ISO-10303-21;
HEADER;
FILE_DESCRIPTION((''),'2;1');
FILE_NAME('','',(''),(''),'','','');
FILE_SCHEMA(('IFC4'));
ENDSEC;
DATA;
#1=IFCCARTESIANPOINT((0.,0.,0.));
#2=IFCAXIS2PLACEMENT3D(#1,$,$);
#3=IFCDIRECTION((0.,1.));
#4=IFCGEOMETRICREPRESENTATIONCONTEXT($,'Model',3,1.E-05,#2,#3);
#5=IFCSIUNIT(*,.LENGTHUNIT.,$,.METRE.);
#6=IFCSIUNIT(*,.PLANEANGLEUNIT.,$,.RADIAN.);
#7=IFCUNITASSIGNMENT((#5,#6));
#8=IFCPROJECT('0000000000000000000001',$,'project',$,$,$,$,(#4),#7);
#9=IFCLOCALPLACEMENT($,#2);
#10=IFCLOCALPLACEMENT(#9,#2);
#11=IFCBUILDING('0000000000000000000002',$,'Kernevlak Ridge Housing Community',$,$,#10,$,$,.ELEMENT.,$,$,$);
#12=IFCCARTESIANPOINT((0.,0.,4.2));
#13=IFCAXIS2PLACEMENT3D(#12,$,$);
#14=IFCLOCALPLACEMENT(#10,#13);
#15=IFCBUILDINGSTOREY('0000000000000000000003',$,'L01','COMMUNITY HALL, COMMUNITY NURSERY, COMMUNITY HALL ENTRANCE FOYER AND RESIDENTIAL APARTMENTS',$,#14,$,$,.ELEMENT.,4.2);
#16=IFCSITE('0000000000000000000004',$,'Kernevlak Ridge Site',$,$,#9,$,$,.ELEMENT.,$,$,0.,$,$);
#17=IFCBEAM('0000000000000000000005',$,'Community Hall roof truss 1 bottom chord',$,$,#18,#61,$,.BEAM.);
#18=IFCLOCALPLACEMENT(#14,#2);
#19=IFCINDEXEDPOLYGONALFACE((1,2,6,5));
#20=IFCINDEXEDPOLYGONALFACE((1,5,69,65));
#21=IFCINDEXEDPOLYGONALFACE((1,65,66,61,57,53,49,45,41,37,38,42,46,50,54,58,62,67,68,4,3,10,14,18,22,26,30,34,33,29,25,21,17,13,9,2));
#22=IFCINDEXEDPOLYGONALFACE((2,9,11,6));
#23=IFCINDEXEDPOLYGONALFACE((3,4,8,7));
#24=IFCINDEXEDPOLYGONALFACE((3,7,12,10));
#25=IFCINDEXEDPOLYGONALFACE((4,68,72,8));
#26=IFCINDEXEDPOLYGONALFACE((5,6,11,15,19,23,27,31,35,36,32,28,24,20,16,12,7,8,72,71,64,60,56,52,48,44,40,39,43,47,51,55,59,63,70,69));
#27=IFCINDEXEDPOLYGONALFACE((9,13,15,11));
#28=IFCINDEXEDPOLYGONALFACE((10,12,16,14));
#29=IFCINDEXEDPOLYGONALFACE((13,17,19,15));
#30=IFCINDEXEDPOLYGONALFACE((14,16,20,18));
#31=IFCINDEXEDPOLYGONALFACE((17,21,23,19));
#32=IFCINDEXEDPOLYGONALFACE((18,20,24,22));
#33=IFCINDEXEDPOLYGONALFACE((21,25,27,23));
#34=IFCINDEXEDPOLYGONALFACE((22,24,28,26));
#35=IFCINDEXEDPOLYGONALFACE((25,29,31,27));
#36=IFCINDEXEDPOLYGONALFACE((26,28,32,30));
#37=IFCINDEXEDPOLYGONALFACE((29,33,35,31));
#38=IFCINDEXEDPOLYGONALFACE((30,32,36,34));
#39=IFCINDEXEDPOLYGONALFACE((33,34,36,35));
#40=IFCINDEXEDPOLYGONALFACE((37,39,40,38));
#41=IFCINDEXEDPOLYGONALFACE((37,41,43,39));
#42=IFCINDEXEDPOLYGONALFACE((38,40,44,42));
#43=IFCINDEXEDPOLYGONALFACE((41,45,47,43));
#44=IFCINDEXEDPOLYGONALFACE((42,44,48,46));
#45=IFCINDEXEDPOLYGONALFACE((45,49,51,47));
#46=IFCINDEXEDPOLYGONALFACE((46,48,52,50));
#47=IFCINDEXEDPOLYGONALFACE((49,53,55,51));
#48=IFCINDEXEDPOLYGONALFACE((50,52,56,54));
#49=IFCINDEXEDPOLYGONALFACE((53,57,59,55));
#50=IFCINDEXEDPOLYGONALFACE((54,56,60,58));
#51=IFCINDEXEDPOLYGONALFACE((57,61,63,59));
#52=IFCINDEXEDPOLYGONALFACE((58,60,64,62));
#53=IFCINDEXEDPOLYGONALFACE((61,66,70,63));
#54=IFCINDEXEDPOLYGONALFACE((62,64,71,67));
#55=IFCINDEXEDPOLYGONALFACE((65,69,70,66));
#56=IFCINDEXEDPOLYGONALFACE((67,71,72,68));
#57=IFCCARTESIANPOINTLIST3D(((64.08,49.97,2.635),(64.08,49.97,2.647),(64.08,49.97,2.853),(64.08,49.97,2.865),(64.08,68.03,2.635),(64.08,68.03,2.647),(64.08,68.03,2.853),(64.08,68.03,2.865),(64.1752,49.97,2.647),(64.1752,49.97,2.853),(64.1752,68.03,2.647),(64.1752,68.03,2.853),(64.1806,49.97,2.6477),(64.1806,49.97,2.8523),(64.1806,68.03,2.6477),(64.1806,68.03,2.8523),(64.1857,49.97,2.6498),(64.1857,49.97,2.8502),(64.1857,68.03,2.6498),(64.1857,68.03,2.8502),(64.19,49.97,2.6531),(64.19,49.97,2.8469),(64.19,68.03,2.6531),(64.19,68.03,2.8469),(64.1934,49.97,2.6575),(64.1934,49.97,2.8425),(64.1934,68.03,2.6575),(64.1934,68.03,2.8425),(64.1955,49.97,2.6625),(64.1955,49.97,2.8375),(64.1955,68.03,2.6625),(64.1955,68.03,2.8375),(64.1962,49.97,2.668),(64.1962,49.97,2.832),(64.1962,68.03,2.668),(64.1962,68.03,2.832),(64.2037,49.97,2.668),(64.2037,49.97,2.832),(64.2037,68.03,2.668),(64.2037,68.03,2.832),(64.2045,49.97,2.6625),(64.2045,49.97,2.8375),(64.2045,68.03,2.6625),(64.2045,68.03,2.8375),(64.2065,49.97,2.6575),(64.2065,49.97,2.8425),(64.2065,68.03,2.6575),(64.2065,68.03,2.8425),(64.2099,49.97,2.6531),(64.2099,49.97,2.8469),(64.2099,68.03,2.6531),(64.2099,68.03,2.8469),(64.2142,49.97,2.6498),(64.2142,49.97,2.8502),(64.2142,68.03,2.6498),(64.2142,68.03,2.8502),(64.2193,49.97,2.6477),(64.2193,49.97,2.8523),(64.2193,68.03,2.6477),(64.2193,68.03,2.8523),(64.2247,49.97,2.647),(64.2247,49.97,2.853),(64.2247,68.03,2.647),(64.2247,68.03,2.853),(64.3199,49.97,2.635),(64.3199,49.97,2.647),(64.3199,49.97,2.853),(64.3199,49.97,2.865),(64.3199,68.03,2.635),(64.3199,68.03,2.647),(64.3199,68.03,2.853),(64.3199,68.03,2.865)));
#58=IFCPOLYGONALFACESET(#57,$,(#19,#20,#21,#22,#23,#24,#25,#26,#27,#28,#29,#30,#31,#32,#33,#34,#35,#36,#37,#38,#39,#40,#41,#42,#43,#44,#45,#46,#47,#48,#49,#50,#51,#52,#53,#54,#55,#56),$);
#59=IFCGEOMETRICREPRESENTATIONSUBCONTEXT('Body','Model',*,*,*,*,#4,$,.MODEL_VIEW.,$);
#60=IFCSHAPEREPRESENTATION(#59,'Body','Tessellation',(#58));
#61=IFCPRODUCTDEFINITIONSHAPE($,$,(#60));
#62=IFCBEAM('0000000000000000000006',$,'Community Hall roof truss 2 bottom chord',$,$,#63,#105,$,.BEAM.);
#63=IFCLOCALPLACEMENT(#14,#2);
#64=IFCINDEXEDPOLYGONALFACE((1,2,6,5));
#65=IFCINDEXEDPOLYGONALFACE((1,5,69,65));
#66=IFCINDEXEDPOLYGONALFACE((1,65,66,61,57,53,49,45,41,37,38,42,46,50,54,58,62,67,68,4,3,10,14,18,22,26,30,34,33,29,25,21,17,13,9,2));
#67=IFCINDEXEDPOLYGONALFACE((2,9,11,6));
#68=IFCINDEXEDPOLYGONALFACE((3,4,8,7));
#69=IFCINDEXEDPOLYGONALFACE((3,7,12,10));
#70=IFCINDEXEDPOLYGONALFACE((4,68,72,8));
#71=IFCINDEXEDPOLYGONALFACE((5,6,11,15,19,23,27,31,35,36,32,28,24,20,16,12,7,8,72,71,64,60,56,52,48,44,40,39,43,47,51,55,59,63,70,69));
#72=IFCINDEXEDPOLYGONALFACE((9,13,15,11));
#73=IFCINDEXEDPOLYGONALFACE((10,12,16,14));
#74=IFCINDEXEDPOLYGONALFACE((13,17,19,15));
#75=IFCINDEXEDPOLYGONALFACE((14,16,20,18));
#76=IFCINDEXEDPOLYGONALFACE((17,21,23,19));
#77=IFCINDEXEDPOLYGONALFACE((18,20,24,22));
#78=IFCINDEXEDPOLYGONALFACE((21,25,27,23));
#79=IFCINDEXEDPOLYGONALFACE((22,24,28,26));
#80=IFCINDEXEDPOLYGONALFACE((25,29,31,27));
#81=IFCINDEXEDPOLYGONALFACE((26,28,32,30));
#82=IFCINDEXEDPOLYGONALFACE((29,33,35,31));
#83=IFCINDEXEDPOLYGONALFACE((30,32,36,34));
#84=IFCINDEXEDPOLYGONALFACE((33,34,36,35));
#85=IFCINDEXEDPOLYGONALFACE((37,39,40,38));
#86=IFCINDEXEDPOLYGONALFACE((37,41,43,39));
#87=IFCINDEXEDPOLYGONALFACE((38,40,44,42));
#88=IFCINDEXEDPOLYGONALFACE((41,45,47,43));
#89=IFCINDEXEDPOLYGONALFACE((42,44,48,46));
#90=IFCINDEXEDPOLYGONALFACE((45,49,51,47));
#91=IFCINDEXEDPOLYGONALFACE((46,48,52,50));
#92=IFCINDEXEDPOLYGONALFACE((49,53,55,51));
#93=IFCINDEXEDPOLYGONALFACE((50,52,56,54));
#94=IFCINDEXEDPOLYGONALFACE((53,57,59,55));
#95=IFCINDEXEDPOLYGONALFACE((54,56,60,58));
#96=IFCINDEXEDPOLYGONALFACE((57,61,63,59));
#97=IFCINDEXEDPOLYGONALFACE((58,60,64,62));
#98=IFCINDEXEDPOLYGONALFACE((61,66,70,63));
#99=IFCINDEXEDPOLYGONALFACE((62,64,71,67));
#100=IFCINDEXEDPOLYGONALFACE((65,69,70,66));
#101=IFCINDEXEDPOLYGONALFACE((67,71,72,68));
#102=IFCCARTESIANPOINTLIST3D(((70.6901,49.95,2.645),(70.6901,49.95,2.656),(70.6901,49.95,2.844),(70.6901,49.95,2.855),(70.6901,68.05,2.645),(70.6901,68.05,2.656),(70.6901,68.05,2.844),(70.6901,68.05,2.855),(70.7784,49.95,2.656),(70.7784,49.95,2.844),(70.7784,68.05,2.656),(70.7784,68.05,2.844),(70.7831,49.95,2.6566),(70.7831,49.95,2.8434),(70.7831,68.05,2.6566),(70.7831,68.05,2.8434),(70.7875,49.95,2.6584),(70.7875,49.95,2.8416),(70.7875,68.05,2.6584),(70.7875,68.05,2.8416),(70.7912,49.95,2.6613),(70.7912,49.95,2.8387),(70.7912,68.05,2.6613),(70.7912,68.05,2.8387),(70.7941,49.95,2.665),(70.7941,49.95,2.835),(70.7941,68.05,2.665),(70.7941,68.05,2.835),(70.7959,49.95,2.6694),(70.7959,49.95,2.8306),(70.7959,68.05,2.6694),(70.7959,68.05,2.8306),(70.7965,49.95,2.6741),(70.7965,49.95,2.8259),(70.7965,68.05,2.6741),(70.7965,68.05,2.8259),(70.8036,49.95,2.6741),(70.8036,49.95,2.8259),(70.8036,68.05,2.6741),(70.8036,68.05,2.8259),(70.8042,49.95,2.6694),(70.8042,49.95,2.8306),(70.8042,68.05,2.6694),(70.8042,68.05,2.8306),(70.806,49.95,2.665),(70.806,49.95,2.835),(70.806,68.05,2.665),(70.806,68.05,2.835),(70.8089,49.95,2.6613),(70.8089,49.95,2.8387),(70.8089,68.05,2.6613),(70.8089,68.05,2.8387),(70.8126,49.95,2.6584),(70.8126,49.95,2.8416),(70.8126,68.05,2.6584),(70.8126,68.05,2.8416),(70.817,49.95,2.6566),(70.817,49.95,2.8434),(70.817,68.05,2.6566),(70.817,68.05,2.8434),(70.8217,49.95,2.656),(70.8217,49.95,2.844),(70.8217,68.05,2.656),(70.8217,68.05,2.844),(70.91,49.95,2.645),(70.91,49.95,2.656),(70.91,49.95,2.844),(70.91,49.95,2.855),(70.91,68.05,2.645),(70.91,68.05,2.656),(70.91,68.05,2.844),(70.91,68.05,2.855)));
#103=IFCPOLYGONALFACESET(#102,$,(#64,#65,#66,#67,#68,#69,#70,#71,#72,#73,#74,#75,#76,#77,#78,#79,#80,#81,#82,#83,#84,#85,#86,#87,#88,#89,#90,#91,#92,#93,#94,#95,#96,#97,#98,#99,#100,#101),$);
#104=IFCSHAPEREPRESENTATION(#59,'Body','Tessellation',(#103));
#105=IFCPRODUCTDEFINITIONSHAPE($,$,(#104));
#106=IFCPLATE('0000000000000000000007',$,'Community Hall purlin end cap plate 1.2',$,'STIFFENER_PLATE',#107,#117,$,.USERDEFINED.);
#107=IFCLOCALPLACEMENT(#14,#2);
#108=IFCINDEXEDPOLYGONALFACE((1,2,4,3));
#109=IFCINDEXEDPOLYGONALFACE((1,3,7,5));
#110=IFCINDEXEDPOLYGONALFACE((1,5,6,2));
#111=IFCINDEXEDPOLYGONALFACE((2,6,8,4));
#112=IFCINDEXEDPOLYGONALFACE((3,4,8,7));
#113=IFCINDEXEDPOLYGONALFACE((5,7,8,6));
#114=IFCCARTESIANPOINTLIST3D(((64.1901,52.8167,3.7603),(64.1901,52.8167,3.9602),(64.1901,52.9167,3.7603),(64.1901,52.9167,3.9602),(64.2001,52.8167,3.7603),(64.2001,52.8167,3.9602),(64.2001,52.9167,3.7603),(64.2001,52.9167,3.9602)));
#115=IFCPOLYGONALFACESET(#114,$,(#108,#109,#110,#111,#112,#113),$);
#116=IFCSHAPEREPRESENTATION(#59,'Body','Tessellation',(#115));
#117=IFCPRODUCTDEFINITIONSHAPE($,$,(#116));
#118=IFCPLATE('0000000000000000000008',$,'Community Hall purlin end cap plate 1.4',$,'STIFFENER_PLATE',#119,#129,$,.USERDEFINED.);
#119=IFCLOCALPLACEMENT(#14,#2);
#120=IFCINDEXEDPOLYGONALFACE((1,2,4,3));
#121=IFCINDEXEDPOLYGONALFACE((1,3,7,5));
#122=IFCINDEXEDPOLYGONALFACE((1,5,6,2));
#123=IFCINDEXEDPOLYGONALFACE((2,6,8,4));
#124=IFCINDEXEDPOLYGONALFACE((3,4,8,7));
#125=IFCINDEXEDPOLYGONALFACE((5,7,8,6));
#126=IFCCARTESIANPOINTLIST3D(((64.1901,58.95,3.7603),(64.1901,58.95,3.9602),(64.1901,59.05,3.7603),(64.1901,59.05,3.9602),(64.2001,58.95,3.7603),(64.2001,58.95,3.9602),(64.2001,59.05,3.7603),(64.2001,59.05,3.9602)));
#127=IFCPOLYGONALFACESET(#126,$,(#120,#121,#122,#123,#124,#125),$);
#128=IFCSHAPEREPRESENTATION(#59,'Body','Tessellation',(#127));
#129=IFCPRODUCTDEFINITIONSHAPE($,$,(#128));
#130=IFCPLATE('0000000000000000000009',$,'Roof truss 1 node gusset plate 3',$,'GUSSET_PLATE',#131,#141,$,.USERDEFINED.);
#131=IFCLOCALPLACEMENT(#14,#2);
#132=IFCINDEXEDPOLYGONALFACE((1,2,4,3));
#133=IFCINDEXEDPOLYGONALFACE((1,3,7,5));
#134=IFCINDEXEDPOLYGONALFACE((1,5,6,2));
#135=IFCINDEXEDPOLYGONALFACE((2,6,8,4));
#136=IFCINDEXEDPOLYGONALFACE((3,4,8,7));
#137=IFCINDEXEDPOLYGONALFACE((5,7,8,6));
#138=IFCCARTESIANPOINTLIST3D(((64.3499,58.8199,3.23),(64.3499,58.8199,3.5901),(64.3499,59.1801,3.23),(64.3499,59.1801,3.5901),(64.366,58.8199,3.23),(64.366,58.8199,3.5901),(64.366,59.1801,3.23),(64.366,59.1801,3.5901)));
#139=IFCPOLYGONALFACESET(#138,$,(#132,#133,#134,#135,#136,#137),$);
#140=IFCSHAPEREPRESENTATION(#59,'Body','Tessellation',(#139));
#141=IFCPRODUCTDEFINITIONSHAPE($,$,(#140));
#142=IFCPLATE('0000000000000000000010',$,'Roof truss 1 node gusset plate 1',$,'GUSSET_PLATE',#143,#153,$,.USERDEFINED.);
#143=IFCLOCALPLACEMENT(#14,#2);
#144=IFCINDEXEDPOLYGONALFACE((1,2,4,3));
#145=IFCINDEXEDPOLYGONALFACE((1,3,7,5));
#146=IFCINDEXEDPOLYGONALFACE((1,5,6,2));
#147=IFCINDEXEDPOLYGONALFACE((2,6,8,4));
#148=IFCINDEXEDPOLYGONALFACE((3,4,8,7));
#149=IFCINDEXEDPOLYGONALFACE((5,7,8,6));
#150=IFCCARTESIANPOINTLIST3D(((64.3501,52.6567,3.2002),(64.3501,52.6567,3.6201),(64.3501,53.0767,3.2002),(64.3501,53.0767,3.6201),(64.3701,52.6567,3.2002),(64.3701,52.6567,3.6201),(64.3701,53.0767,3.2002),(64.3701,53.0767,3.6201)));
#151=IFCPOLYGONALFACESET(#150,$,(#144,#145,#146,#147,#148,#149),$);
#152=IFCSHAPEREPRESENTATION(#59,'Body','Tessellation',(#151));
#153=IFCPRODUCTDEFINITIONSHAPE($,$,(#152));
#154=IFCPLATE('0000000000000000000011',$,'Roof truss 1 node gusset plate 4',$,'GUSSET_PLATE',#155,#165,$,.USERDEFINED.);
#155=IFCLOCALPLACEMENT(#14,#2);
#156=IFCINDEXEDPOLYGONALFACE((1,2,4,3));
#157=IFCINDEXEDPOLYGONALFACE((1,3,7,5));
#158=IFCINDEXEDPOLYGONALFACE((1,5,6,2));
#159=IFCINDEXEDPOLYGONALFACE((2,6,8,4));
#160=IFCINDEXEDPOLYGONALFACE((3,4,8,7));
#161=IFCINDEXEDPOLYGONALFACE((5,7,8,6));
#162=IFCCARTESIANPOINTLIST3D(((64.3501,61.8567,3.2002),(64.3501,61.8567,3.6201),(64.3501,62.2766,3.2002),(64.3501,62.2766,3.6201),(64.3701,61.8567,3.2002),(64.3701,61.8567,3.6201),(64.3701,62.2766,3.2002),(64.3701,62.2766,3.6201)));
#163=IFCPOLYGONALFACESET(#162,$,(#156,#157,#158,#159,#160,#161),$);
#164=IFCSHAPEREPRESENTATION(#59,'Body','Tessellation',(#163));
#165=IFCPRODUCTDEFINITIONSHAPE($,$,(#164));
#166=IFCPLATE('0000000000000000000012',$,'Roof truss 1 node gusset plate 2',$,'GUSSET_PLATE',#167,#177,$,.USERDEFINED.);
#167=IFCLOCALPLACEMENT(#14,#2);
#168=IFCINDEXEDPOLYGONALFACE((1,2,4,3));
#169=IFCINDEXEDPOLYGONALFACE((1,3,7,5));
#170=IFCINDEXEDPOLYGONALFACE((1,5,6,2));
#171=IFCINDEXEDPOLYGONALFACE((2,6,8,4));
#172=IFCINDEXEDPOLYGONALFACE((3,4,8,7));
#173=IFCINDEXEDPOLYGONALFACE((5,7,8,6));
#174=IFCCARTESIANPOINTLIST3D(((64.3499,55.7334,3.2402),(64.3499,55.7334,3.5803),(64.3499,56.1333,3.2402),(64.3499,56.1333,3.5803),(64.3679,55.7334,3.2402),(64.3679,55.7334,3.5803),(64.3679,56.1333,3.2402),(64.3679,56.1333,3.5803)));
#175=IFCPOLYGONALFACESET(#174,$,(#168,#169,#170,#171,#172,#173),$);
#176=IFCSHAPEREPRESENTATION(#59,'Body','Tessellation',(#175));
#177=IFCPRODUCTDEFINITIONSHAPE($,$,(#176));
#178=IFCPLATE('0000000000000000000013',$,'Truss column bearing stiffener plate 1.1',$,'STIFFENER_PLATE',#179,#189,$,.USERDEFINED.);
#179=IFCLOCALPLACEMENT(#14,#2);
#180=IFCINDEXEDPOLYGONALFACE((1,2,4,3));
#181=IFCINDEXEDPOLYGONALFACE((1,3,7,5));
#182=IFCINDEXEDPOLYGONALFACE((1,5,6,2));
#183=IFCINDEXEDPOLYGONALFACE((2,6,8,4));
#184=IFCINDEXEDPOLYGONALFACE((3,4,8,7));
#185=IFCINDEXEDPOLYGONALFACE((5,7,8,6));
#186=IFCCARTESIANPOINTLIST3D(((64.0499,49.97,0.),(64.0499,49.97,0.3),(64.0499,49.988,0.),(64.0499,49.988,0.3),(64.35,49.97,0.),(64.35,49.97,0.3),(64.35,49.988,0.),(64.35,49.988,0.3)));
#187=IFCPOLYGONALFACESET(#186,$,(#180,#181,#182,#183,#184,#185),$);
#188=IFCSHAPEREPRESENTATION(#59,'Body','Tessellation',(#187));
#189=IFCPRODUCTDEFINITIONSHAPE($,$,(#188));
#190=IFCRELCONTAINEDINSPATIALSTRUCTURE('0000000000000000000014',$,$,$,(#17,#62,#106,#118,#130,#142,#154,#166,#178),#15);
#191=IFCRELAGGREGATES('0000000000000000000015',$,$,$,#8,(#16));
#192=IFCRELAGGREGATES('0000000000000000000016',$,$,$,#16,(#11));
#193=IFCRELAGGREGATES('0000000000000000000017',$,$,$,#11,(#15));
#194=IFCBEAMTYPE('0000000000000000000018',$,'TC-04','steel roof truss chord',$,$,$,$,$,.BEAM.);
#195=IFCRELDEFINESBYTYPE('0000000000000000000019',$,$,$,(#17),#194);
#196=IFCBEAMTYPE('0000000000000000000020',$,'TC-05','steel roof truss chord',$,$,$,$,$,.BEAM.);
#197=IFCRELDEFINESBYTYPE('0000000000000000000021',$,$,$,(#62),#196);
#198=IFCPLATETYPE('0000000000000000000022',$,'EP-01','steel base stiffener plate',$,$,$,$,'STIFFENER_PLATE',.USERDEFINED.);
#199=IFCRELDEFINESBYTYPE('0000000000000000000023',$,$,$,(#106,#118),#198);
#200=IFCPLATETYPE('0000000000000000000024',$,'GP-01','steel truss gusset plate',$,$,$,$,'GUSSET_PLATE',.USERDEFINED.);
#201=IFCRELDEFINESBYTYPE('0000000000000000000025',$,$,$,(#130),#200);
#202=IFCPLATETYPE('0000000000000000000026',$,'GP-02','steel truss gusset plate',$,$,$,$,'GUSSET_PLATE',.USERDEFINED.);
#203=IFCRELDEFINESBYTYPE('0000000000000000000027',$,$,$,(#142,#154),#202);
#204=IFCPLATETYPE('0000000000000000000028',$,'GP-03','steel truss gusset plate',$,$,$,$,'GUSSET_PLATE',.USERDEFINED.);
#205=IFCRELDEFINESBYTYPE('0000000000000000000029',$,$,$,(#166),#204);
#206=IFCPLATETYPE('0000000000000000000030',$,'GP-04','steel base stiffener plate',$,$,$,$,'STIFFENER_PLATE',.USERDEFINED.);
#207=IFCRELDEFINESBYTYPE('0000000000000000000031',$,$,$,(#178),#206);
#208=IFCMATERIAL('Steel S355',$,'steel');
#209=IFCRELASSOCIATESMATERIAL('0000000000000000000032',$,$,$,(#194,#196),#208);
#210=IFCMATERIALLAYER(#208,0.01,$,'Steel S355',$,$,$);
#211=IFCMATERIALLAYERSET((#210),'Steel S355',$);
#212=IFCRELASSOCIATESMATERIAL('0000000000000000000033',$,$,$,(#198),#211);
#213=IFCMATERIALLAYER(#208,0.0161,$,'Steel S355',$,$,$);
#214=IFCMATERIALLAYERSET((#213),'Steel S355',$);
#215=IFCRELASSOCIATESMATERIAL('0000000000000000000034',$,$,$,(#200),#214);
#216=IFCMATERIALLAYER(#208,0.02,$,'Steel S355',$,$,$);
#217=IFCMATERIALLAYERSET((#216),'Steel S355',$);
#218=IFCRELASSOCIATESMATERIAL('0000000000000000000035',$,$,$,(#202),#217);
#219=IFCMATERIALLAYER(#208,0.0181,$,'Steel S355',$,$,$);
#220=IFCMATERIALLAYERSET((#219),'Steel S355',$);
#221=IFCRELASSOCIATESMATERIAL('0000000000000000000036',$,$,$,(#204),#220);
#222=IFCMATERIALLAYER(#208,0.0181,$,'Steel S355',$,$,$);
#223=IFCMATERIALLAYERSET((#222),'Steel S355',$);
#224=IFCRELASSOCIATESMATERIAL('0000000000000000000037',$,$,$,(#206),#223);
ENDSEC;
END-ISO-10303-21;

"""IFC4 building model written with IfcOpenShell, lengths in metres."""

from ifc_helpers import new_model, si_unit, direction, frame, origin, origin_2d, place, context, subcontext, project, spatial, rectangle, i_section, extrude, material, layer, layer_set, material_profile, profile_set, type_object, element, save


model = new_model("IFC4")

# Units and contexts
model_context = context("Model", 3, precision=1e-05, world=origin(), true_north=direction((0.0, 1.0)))
body_context = subcontext(model_context, "Body", "Model", "MODEL_VIEW")
ifc_project = project(units=[si_unit("LENGTHUNIT", "METRE"), si_unit("PLANEANGLEUNIT", "RADIAN")], contexts=[model_context])

# Site, building, storey
site_placement = place(None, origin())
site = spatial("IfcSite", under=ifc_project, at=site_placement, Name="Kernevlak Ridge Site", CompositionType="ELEMENT", RefElevation=0.0)
building_placement = place(site_placement, origin())
building = spatial("IfcBuilding", under=site, at=building_placement, Name="Kernevlak Ridge Housing Community", CompositionType="ELEMENT")
storey_placement = place(building_placement, frame((0.0, 0.0, 4.2)))
storey = spatial("IfcBuildingStorey", under=building, at=storey_placement, Name="L01", Description="COMMUNITY HALL, COMMUNITY NURSERY, COMMUNITY HALL ENTRANCE FOYER AND RESIDENTIAL APARTMENTS", CompositionType="ELEMENT", Elevation=4.2)

# Shared definitions
ifc_material_1 = material(Name="Steel S355", Category="steel")

# Beams
ifc_material_profile_1 = material_profile(ifc_material_1, i_section(OverallWidth=0.24, OverallDepth=0.23, WebThickness=0.0076, FlangeThickness=0.012, FilletRadius=0.021, at=origin_2d()), Name="HEA 240")
ifc_profile_set_1 = profile_set([ifc_material_profile_1], Name="Steel S355")
beam_type_1 = type_object("IfcBeamType", Name="TC-04", Description="steel roof truss chord", PredefinedType="BEAM", material=ifc_profile_set_1)
beam_1_placement = place(storey_placement, frame((64.2, 49.97, 2.75), z_axis=(0.0, 1.0, 0.0), x_axis=(-1.0, 0.0, 0.0)))
element("IfcBeam", 1, at=beam_1_placement, inside=storey, type_object=beam_type_1, Name="Community Hall roof truss 1 bottom chord", PredefinedType="BEAM", context=body_context, shape_type="SweptSolid", body=[
    extrude(i_section(OverallWidth=0.24, OverallDepth=0.23, WebThickness=0.0076, FlangeThickness=0.012, FilletRadius=0.021, at=origin_2d()), origin(), (0.0, 0.0, 1.0), 18.0601),
])
ifc_material_profile_2 = material_profile(ifc_material_1, i_section(OverallWidth=0.22, OverallDepth=0.21, WebThickness=0.0071, FlangeThickness=0.011, FilletRadius=0.0181, at=origin_2d()), Name="HEA 220")
ifc_profile_set_2 = profile_set([ifc_material_profile_2], Name="Steel S355")
beam_type_2 = type_object("IfcBeamType", Name="TC-05", Description="steel roof truss chord", PredefinedType="BEAM", material=ifc_profile_set_2)
beam_2_placement = place(storey_placement, frame((70.8, 49.95, 2.75), z_axis=(0.0, 1.0, 0.0), x_axis=(-1.0, 0.0, 0.0)))
element("IfcBeam", 2, at=beam_2_placement, inside=storey, type_object=beam_type_2, Name="Community Hall roof truss 2 bottom chord", PredefinedType="BEAM", context=body_context, shape_type="SweptSolid", body=[
    extrude(i_section(OverallWidth=0.22, OverallDepth=0.21, WebThickness=0.0071, FlangeThickness=0.011, FilletRadius=0.0181, at=origin_2d()), origin(), (0.0, 0.0, 1.0), 18.1001),
])

# Plates
ifc_layer_1 = layer(ifc_material_1, 0.01, Name="Steel S355")
ifc_layer_set_1 = layer_set([ifc_layer_1], Name="Steel S355")
plate_type_1 = type_object("IfcPlateType", Name="EP-01", Description="steel base stiffener plate", ElementType="STIFFENER_PLATE", PredefinedType="USERDEFINED", material=ifc_layer_set_1)
for number, where, z_axis, x_axis, name in (
    (3, (64.1951, 52.8667, 3.7603), (0.0, 0.0, 1.0), (1.0, 0.0, 0.0), "Community Hall purlin end cap plate 1.2"),
    (4, (64.1951, 59.0, 3.7603), (0.0, 0.0, 1.0), (1.0, 0.0, 0.0), "Community Hall purlin end cap plate 1.4"),
):
    element("IfcPlate", number, at=place(storey_placement, frame(where, z_axis=z_axis, x_axis=x_axis)), inside=storey, type_object=plate_type_1, Name=name, ObjectType="STIFFENER_PLATE", PredefinedType="USERDEFINED", context=body_context, shape_type="SweptSolid", body=[
        extrude(rectangle(XDim=0.01, YDim=0.1001, at=origin_2d()), origin(), (0.0, 0.0, 1.0), 0.2),
    ])
ifc_layer_2 = layer(ifc_material_1, 0.0161, Name="Steel S355")
ifc_layer_set_2 = layer_set([ifc_layer_2], Name="Steel S355")
plate_type_2 = type_object("IfcPlateType", Name="GP-01", Description="steel truss gusset plate", ElementType="GUSSET_PLATE", PredefinedType="USERDEFINED", material=ifc_layer_set_2)
plate_1_placement = place(storey_placement, frame((64.3579, 59.0, 3.23), z_axis=(0.0, 0.0, 1.0), x_axis=(1.0, 0.0, 0.0)))
element("IfcPlate", 5, at=plate_1_placement, inside=storey, type_object=plate_type_2, Name="Roof truss 1 node gusset plate 3", ObjectType="GUSSET_PLATE", PredefinedType="USERDEFINED", context=body_context, shape_type="SweptSolid", body=[
    extrude(rectangle(XDim=0.0161, YDim=0.3601, at=origin_2d()), origin(), (0.0, 0.0, 1.0), 0.3601),
])
ifc_layer_3 = layer(ifc_material_1, 0.02, Name="Steel S355")
ifc_layer_set_3 = layer_set([ifc_layer_3], Name="Steel S355")
plate_type_3 = type_object("IfcPlateType", Name="GP-02", Description="steel truss gusset plate", ElementType="GUSSET_PLATE", PredefinedType="USERDEFINED", material=ifc_layer_set_3)
for number, where, z_axis, x_axis, name in (
    (6, (64.3601, 52.8667, 3.2002), (0.0, 0.0, 1.0), (1.0, 0.0, 0.0), "Roof truss 1 node gusset plate 1"),
    (7, (64.3601, 62.0667, 3.2002), (0.0, 0.0, 1.0), (1.0, 0.0, 0.0), "Roof truss 1 node gusset plate 4"),
):
    element("IfcPlate", number, at=place(storey_placement, frame(where, z_axis=z_axis, x_axis=x_axis)), inside=storey, type_object=plate_type_3, Name=name, ObjectType="GUSSET_PLATE", PredefinedType="USERDEFINED", context=body_context, shape_type="SweptSolid", body=[
        extrude(rectangle(XDim=0.02, YDim=0.4199, at=origin_2d()), origin(), (0.0, 0.0, 1.0), 0.4199),
    ])
ifc_layer_4 = layer(ifc_material_1, 0.0181, Name="Steel S355")
ifc_layer_set_4 = layer_set([ifc_layer_4], Name="Steel S355")
plate_type_4 = type_object("IfcPlateType", Name="GP-03", Description="steel truss gusset plate", ElementType="GUSSET_PLATE", PredefinedType="USERDEFINED", material=ifc_layer_set_4)
plate_2_placement = place(storey_placement, frame((64.3589, 55.9333, 3.2402), z_axis=(0.0, 0.0, 1.0), x_axis=(1.0, 0.0, 0.0)))
element("IfcPlate", 8, at=plate_2_placement, inside=storey, type_object=plate_type_4, Name="Roof truss 1 node gusset plate 2", ObjectType="GUSSET_PLATE", PredefinedType="USERDEFINED", context=body_context, shape_type="SweptSolid", body=[
    extrude(rectangle(XDim=0.0181, YDim=0.3999, at=origin_2d()), origin(), (0.0, 0.0, 1.0), 0.3401),
])
ifc_layer_5 = layer(ifc_material_1, 0.0181, Name="Steel S355")
ifc_layer_set_5 = layer_set([ifc_layer_5], Name="Steel S355")
plate_type_5 = type_object("IfcPlateType", Name="GP-04", Description="steel base stiffener plate", ElementType="STIFFENER_PLATE", PredefinedType="USERDEFINED", material=ifc_layer_set_5)
plate_3_placement = place(storey_placement, frame((64.2, 49.979, 0.0), z_axis=(0.0, 0.0, 1.0), x_axis=(1.0, 0.0, 0.0)))
element("IfcPlate", 9, at=plate_3_placement, inside=storey, type_object=plate_type_5, Name="Truss column bearing stiffener plate 1.1", ObjectType="STIFFENER_PLATE", PredefinedType="USERDEFINED", context=body_context, shape_type="SweptSolid", body=[
    extrude(rectangle(XDim=0.3, YDim=0.0181, at=origin_2d()), origin(), (0.0, 0.0, 1.0), 0.3),
])

save(model, "model.ifc")
